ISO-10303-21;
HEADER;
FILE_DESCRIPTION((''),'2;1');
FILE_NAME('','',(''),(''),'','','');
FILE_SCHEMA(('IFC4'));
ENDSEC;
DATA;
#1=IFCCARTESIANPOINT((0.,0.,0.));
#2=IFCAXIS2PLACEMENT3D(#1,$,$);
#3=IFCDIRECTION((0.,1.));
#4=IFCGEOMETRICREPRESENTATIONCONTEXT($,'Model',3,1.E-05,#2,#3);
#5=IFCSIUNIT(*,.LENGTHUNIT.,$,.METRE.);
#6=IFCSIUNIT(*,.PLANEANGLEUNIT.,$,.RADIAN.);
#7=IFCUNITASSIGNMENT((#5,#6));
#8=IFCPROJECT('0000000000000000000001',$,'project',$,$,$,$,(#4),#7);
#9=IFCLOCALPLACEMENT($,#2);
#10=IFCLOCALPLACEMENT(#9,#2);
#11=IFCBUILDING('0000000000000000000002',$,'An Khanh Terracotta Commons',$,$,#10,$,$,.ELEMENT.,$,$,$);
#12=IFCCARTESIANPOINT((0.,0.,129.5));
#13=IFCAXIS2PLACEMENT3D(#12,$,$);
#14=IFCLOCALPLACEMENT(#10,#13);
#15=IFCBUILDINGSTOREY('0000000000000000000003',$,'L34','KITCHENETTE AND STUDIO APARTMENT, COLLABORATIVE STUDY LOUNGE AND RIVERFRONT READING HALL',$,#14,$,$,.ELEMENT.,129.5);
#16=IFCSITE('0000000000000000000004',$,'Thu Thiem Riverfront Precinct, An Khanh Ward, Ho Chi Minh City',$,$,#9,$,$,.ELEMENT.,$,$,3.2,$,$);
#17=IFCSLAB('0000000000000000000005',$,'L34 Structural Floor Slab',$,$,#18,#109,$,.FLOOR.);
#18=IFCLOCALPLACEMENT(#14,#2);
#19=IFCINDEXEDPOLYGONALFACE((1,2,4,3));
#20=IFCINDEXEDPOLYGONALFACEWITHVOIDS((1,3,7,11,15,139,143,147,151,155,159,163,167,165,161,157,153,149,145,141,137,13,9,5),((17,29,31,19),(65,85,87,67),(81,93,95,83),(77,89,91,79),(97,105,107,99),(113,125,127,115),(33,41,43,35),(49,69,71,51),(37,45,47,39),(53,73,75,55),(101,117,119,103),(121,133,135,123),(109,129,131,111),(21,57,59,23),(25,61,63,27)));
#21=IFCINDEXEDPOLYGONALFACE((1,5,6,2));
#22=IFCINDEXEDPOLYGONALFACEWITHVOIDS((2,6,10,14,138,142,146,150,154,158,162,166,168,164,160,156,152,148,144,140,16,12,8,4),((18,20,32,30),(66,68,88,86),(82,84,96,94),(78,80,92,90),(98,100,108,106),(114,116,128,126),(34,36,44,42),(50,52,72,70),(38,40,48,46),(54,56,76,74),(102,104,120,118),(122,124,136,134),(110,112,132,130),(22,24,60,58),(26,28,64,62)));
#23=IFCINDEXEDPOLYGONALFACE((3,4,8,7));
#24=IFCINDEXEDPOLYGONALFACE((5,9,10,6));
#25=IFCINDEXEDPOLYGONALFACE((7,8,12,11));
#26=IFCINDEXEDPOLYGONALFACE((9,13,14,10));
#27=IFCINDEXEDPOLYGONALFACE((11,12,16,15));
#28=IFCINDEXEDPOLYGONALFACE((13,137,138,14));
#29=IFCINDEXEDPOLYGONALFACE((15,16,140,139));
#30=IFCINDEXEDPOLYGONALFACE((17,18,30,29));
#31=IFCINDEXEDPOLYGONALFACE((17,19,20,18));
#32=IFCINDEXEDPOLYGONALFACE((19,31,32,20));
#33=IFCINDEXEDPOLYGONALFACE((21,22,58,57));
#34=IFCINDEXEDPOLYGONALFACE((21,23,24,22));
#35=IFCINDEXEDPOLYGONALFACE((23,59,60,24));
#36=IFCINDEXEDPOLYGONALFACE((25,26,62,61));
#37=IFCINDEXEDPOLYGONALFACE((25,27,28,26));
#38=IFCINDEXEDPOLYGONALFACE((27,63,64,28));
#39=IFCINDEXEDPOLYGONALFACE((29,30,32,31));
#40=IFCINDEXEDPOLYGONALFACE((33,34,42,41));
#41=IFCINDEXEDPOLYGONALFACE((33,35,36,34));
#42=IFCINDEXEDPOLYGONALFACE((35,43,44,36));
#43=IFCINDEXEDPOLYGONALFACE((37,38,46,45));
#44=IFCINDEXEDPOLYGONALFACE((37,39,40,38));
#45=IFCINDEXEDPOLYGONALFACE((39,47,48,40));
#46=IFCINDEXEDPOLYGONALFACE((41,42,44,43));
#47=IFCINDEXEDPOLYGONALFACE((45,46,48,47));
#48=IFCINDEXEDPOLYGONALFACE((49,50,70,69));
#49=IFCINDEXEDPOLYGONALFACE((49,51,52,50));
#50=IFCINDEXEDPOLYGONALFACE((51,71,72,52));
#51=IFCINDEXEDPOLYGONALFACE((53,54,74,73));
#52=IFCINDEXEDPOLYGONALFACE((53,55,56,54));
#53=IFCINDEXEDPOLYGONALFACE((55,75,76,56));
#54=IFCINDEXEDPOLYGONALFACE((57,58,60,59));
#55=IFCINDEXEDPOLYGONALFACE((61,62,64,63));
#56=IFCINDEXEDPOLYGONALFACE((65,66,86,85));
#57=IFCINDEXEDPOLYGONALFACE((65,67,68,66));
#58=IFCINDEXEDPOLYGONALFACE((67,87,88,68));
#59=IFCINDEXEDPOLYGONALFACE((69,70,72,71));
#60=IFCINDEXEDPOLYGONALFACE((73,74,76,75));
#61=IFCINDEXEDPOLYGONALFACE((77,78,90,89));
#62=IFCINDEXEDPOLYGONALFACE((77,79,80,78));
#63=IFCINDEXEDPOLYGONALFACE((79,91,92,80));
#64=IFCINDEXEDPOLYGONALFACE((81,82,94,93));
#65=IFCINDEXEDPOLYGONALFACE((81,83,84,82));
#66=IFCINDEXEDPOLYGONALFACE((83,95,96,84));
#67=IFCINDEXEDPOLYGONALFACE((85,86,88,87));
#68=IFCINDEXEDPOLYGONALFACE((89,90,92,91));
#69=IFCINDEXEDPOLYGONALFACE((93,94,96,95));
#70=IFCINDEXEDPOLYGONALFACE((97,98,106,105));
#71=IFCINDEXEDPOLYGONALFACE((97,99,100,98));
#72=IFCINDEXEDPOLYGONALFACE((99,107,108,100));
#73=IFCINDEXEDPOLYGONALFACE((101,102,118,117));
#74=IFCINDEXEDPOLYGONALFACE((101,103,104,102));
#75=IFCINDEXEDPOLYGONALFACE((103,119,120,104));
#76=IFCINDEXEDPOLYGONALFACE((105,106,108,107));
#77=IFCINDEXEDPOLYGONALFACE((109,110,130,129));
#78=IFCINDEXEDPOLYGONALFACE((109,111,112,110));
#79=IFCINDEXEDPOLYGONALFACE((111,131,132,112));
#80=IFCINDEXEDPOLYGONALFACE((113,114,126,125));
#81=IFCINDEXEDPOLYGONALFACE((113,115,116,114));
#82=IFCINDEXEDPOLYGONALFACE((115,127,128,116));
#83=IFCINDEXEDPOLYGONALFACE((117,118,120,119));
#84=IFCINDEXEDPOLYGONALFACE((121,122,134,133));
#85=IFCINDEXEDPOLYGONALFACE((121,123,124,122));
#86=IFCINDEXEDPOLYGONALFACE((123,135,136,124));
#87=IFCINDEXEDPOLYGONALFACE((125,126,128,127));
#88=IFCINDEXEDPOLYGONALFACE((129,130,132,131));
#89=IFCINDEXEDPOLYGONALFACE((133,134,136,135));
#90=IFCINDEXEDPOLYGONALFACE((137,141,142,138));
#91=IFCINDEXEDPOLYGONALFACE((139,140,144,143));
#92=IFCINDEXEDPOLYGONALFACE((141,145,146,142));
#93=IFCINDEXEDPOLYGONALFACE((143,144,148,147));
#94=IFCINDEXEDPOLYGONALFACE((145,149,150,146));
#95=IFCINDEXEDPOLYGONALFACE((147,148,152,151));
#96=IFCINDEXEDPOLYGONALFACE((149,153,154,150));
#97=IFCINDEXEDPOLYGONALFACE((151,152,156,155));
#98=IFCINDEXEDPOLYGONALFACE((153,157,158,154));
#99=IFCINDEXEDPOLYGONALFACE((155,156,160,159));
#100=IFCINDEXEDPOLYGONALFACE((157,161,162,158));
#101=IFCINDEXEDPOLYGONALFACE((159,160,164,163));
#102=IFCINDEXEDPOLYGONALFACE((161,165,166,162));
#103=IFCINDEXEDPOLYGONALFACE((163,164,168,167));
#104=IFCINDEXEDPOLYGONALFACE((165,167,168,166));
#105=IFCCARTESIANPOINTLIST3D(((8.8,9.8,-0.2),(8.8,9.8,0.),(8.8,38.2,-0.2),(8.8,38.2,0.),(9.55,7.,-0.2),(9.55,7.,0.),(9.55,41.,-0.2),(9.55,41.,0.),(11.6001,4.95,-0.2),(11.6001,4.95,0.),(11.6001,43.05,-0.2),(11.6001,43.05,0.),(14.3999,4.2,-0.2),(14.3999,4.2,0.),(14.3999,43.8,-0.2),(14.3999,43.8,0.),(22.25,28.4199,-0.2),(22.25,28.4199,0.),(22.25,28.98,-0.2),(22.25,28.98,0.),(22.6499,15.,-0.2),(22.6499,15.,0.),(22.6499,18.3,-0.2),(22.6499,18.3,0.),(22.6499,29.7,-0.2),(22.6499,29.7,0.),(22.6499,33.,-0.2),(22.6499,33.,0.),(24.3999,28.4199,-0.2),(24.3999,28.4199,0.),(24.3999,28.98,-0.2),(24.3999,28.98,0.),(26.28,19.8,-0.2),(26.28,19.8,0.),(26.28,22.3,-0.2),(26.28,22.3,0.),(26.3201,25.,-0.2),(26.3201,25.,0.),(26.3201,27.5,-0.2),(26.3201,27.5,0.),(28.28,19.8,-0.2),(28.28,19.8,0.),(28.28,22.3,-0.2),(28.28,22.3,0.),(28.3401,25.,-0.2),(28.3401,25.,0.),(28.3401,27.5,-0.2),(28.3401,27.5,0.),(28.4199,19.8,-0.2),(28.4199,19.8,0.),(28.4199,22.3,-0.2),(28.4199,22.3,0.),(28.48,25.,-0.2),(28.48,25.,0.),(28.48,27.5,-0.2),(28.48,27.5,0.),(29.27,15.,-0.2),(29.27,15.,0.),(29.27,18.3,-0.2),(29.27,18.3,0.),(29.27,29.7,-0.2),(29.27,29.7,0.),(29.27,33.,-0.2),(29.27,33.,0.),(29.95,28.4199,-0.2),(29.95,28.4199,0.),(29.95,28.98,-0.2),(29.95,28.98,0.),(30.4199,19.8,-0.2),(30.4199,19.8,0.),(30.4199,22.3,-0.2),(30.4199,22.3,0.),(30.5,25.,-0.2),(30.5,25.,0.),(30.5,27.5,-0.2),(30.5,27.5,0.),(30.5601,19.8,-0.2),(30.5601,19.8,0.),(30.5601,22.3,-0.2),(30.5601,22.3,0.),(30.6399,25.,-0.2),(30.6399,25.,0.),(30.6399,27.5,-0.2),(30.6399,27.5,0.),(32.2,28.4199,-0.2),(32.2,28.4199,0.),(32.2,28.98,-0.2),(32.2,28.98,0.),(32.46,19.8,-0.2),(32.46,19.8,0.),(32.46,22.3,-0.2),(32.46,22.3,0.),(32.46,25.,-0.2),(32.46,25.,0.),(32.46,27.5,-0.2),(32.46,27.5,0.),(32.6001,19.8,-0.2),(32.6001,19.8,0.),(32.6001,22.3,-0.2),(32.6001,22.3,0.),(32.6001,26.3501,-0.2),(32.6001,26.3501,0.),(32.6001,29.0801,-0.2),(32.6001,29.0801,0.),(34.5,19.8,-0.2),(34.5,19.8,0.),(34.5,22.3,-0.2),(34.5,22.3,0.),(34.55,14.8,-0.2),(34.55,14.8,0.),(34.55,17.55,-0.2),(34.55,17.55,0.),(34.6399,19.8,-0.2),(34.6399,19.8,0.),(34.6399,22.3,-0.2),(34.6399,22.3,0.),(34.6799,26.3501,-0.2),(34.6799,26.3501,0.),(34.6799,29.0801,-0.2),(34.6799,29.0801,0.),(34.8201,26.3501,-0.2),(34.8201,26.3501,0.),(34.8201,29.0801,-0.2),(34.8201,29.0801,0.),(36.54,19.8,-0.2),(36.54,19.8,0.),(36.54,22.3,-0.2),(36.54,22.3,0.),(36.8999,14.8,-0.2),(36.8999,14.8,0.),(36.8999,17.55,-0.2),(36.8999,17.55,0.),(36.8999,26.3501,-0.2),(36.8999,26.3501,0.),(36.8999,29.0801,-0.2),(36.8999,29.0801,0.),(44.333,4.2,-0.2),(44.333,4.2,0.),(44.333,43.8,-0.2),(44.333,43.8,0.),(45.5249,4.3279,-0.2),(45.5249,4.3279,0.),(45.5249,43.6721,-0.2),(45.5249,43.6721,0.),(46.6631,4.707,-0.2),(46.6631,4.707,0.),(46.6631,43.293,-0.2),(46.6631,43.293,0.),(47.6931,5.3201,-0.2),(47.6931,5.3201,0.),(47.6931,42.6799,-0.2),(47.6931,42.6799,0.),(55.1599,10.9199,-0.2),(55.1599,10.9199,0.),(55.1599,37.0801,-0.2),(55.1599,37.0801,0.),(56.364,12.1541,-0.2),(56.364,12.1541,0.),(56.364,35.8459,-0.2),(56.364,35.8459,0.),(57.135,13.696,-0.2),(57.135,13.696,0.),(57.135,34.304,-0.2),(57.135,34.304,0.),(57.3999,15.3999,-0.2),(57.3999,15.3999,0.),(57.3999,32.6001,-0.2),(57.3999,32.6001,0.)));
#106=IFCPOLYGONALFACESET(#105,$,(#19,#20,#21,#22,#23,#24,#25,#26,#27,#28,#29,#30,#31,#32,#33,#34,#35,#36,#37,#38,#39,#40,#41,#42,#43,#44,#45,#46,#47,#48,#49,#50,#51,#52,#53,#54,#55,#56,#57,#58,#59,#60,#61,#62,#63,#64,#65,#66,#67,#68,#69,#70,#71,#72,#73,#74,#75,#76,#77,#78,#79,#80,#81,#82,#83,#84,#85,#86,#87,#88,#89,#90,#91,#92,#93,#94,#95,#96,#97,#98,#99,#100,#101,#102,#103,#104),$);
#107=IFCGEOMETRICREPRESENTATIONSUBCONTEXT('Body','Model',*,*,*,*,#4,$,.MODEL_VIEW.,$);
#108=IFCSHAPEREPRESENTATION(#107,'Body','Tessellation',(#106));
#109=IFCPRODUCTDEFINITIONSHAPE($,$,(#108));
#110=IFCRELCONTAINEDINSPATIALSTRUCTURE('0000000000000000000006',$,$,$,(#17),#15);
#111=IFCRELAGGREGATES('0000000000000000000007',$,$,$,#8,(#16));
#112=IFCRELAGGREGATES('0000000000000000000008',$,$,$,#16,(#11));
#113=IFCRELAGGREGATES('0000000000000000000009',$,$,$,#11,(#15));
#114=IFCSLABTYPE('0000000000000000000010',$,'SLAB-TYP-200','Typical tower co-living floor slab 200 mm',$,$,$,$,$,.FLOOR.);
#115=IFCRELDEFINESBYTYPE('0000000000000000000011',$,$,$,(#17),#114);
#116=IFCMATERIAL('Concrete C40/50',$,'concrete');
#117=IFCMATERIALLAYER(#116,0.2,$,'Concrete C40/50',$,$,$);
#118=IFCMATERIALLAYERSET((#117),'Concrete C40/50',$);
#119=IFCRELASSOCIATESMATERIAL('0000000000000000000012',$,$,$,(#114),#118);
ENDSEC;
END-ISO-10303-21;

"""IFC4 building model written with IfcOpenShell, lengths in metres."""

from ifc_helpers import new_model, si_unit, direction, frame, origin, place, context, subcontext, project, spatial, polyline, outline, extrude, material, layer, layer_set, type_object, element, save


model = new_model("IFC4")

# Units and contexts
model_context = context("Model", 3, precision=1e-05, world=origin(), true_north=direction((0.0, 1.0)))
body_context = subcontext(model_context, "Body", "Model", "MODEL_VIEW")
ifc_project = project(units=[si_unit("LENGTHUNIT", "METRE"), si_unit("PLANEANGLEUNIT", "RADIAN")], contexts=[model_context])

# Site, building, storey
site_placement = place(None, origin())
site = spatial("IfcSite", under=ifc_project, at=site_placement, Name="Thu Thiem Riverfront Precinct, An Khanh Ward, Ho Chi Minh City", CompositionType="ELEMENT", RefElevation=3.2)
building_placement = place(site_placement, origin())
building = spatial("IfcBuilding", under=site, at=building_placement, Name="An Khanh Terracotta Commons", CompositionType="ELEMENT")
storey_placement = place(building_placement, frame((0.0, 0.0, 129.5)))
storey = spatial("IfcBuildingStorey", under=building, at=storey_placement, Name="L34", Description="KITCHENETTE AND STUDIO APARTMENT, COLLABORATIVE STUDY LOUNGE AND RIVERFRONT READING HALL", CompositionType="ELEMENT", Elevation=129.5)

# Shared definitions
ifc_material_1 = material(Name="Concrete C40/50", Category="concrete")

# Slab
ifc_layer_1 = layer(ifc_material_1, 0.2, Name="Concrete C40/50")
ifc_layer_set_1 = layer_set([ifc_layer_1], Name="Concrete C40/50")
slab_type_1 = type_object("IfcSlabType", Name="SLAB-TYP-200", Description="Typical tower co-living floor slab 200 mm", PredefinedType="FLOOR", material=ifc_layer_set_1)
slab_1_placement = place(storey_placement, frame((0.0, 0.0, -0.2)))
element("IfcSlab", 1, at=slab_1_placement, inside=storey, type_object=slab_type_1, Name="L34 Structural Floor Slab", PredefinedType="FLOOR", context=body_context, shape_type="SweptSolid", body=[
    extrude(outline(polyline([(8.8, 9.8), (9.55, 7.0), (11.6001, 4.95), (14.3999, 4.2), (44.333, 4.2), (45.5249, 4.3279), (46.6631, 4.707), (47.6931, 5.3201), (55.1599, 10.9199), (56.364, 12.1541), (57.135, 13.696), (57.3999, 15.3999), (57.3999, 32.6001), (57.135, 34.304), (56.364, 35.8459), (55.1599, 37.0801), (47.6931, 42.6799), (46.6631, 43.293), (45.5249, 43.6721), (44.333, 43.8), (14.3999, 43.8), (11.6001, 43.05), (9.55, 41.0), (8.8, 38.2), (8.8, 9.8)]), holes=[polyline([(22.6499, 29.7), (29.27, 29.7), (29.27, 33.0), (22.6499, 33.0), (22.6499, 29.7)]), polyline([(22.6499, 15.0), (29.27, 15.0), (29.27, 18.3), (22.6499, 18.3), (22.6499, 15.0)]), polyline([(32.6001, 26.3501), (34.6799, 26.3501), (34.6799, 29.0801), (32.6001, 29.0801), (32.6001, 26.3501)]), polyline([(34.8201, 26.3501), (36.8999, 26.3501), (36.8999, 29.0801), (34.8201, 29.0801), (34.8201, 26.3501)]), polyline([(34.55, 14.8), (36.8999, 14.8), (36.8999, 17.55), (34.55, 17.55), (34.55, 14.8)]), polyline([(26.3201, 25.0), (28.3401, 25.0), (28.3401, 27.5), (26.3201, 27.5), (26.3201, 25.0)]), polyline([(28.48, 25.0), (30.5, 25.0), (30.5, 27.5), (28.48, 27.5), (28.48, 25.0)]), polyline([(26.28, 19.8), (28.28, 19.8), (28.28, 22.3), (26.28, 22.3), (26.28, 19.8)]), polyline([(28.4199, 19.8), (30.4199, 19.8), (30.4199, 22.3), (28.4199, 22.3), (28.4199, 19.8)]), polyline([(30.6399, 25.0), (32.46, 25.0), (32.46, 27.5), (30.6399, 27.5), (30.6399, 25.0)]), polyline([(30.5601, 19.8), (32.46, 19.8), (32.46, 22.3), (30.5601, 22.3), (30.5601, 19.8)]), polyline([(32.6001, 19.8), (34.5, 19.8), (34.5, 22.3), (32.6001, 22.3), (32.6001, 19.8)]), polyline([(34.6399, 19.8), (36.54, 19.8), (36.54, 22.3), (34.6399, 22.3), (34.6399, 19.8)]), polyline([(22.25, 28.4199), (24.3999, 28.4199), (24.3999, 28.98), (22.25, 28.98), (22.25, 28.4199)]), polyline([(29.95, 28.4199), (32.2, 28.4199), (32.2, 28.98), (29.95, 28.98), (29.95, 28.4199)])]), origin(), (0.0, 0.0, 1.0), 0.2),
])

save(model, "model.ifc")
